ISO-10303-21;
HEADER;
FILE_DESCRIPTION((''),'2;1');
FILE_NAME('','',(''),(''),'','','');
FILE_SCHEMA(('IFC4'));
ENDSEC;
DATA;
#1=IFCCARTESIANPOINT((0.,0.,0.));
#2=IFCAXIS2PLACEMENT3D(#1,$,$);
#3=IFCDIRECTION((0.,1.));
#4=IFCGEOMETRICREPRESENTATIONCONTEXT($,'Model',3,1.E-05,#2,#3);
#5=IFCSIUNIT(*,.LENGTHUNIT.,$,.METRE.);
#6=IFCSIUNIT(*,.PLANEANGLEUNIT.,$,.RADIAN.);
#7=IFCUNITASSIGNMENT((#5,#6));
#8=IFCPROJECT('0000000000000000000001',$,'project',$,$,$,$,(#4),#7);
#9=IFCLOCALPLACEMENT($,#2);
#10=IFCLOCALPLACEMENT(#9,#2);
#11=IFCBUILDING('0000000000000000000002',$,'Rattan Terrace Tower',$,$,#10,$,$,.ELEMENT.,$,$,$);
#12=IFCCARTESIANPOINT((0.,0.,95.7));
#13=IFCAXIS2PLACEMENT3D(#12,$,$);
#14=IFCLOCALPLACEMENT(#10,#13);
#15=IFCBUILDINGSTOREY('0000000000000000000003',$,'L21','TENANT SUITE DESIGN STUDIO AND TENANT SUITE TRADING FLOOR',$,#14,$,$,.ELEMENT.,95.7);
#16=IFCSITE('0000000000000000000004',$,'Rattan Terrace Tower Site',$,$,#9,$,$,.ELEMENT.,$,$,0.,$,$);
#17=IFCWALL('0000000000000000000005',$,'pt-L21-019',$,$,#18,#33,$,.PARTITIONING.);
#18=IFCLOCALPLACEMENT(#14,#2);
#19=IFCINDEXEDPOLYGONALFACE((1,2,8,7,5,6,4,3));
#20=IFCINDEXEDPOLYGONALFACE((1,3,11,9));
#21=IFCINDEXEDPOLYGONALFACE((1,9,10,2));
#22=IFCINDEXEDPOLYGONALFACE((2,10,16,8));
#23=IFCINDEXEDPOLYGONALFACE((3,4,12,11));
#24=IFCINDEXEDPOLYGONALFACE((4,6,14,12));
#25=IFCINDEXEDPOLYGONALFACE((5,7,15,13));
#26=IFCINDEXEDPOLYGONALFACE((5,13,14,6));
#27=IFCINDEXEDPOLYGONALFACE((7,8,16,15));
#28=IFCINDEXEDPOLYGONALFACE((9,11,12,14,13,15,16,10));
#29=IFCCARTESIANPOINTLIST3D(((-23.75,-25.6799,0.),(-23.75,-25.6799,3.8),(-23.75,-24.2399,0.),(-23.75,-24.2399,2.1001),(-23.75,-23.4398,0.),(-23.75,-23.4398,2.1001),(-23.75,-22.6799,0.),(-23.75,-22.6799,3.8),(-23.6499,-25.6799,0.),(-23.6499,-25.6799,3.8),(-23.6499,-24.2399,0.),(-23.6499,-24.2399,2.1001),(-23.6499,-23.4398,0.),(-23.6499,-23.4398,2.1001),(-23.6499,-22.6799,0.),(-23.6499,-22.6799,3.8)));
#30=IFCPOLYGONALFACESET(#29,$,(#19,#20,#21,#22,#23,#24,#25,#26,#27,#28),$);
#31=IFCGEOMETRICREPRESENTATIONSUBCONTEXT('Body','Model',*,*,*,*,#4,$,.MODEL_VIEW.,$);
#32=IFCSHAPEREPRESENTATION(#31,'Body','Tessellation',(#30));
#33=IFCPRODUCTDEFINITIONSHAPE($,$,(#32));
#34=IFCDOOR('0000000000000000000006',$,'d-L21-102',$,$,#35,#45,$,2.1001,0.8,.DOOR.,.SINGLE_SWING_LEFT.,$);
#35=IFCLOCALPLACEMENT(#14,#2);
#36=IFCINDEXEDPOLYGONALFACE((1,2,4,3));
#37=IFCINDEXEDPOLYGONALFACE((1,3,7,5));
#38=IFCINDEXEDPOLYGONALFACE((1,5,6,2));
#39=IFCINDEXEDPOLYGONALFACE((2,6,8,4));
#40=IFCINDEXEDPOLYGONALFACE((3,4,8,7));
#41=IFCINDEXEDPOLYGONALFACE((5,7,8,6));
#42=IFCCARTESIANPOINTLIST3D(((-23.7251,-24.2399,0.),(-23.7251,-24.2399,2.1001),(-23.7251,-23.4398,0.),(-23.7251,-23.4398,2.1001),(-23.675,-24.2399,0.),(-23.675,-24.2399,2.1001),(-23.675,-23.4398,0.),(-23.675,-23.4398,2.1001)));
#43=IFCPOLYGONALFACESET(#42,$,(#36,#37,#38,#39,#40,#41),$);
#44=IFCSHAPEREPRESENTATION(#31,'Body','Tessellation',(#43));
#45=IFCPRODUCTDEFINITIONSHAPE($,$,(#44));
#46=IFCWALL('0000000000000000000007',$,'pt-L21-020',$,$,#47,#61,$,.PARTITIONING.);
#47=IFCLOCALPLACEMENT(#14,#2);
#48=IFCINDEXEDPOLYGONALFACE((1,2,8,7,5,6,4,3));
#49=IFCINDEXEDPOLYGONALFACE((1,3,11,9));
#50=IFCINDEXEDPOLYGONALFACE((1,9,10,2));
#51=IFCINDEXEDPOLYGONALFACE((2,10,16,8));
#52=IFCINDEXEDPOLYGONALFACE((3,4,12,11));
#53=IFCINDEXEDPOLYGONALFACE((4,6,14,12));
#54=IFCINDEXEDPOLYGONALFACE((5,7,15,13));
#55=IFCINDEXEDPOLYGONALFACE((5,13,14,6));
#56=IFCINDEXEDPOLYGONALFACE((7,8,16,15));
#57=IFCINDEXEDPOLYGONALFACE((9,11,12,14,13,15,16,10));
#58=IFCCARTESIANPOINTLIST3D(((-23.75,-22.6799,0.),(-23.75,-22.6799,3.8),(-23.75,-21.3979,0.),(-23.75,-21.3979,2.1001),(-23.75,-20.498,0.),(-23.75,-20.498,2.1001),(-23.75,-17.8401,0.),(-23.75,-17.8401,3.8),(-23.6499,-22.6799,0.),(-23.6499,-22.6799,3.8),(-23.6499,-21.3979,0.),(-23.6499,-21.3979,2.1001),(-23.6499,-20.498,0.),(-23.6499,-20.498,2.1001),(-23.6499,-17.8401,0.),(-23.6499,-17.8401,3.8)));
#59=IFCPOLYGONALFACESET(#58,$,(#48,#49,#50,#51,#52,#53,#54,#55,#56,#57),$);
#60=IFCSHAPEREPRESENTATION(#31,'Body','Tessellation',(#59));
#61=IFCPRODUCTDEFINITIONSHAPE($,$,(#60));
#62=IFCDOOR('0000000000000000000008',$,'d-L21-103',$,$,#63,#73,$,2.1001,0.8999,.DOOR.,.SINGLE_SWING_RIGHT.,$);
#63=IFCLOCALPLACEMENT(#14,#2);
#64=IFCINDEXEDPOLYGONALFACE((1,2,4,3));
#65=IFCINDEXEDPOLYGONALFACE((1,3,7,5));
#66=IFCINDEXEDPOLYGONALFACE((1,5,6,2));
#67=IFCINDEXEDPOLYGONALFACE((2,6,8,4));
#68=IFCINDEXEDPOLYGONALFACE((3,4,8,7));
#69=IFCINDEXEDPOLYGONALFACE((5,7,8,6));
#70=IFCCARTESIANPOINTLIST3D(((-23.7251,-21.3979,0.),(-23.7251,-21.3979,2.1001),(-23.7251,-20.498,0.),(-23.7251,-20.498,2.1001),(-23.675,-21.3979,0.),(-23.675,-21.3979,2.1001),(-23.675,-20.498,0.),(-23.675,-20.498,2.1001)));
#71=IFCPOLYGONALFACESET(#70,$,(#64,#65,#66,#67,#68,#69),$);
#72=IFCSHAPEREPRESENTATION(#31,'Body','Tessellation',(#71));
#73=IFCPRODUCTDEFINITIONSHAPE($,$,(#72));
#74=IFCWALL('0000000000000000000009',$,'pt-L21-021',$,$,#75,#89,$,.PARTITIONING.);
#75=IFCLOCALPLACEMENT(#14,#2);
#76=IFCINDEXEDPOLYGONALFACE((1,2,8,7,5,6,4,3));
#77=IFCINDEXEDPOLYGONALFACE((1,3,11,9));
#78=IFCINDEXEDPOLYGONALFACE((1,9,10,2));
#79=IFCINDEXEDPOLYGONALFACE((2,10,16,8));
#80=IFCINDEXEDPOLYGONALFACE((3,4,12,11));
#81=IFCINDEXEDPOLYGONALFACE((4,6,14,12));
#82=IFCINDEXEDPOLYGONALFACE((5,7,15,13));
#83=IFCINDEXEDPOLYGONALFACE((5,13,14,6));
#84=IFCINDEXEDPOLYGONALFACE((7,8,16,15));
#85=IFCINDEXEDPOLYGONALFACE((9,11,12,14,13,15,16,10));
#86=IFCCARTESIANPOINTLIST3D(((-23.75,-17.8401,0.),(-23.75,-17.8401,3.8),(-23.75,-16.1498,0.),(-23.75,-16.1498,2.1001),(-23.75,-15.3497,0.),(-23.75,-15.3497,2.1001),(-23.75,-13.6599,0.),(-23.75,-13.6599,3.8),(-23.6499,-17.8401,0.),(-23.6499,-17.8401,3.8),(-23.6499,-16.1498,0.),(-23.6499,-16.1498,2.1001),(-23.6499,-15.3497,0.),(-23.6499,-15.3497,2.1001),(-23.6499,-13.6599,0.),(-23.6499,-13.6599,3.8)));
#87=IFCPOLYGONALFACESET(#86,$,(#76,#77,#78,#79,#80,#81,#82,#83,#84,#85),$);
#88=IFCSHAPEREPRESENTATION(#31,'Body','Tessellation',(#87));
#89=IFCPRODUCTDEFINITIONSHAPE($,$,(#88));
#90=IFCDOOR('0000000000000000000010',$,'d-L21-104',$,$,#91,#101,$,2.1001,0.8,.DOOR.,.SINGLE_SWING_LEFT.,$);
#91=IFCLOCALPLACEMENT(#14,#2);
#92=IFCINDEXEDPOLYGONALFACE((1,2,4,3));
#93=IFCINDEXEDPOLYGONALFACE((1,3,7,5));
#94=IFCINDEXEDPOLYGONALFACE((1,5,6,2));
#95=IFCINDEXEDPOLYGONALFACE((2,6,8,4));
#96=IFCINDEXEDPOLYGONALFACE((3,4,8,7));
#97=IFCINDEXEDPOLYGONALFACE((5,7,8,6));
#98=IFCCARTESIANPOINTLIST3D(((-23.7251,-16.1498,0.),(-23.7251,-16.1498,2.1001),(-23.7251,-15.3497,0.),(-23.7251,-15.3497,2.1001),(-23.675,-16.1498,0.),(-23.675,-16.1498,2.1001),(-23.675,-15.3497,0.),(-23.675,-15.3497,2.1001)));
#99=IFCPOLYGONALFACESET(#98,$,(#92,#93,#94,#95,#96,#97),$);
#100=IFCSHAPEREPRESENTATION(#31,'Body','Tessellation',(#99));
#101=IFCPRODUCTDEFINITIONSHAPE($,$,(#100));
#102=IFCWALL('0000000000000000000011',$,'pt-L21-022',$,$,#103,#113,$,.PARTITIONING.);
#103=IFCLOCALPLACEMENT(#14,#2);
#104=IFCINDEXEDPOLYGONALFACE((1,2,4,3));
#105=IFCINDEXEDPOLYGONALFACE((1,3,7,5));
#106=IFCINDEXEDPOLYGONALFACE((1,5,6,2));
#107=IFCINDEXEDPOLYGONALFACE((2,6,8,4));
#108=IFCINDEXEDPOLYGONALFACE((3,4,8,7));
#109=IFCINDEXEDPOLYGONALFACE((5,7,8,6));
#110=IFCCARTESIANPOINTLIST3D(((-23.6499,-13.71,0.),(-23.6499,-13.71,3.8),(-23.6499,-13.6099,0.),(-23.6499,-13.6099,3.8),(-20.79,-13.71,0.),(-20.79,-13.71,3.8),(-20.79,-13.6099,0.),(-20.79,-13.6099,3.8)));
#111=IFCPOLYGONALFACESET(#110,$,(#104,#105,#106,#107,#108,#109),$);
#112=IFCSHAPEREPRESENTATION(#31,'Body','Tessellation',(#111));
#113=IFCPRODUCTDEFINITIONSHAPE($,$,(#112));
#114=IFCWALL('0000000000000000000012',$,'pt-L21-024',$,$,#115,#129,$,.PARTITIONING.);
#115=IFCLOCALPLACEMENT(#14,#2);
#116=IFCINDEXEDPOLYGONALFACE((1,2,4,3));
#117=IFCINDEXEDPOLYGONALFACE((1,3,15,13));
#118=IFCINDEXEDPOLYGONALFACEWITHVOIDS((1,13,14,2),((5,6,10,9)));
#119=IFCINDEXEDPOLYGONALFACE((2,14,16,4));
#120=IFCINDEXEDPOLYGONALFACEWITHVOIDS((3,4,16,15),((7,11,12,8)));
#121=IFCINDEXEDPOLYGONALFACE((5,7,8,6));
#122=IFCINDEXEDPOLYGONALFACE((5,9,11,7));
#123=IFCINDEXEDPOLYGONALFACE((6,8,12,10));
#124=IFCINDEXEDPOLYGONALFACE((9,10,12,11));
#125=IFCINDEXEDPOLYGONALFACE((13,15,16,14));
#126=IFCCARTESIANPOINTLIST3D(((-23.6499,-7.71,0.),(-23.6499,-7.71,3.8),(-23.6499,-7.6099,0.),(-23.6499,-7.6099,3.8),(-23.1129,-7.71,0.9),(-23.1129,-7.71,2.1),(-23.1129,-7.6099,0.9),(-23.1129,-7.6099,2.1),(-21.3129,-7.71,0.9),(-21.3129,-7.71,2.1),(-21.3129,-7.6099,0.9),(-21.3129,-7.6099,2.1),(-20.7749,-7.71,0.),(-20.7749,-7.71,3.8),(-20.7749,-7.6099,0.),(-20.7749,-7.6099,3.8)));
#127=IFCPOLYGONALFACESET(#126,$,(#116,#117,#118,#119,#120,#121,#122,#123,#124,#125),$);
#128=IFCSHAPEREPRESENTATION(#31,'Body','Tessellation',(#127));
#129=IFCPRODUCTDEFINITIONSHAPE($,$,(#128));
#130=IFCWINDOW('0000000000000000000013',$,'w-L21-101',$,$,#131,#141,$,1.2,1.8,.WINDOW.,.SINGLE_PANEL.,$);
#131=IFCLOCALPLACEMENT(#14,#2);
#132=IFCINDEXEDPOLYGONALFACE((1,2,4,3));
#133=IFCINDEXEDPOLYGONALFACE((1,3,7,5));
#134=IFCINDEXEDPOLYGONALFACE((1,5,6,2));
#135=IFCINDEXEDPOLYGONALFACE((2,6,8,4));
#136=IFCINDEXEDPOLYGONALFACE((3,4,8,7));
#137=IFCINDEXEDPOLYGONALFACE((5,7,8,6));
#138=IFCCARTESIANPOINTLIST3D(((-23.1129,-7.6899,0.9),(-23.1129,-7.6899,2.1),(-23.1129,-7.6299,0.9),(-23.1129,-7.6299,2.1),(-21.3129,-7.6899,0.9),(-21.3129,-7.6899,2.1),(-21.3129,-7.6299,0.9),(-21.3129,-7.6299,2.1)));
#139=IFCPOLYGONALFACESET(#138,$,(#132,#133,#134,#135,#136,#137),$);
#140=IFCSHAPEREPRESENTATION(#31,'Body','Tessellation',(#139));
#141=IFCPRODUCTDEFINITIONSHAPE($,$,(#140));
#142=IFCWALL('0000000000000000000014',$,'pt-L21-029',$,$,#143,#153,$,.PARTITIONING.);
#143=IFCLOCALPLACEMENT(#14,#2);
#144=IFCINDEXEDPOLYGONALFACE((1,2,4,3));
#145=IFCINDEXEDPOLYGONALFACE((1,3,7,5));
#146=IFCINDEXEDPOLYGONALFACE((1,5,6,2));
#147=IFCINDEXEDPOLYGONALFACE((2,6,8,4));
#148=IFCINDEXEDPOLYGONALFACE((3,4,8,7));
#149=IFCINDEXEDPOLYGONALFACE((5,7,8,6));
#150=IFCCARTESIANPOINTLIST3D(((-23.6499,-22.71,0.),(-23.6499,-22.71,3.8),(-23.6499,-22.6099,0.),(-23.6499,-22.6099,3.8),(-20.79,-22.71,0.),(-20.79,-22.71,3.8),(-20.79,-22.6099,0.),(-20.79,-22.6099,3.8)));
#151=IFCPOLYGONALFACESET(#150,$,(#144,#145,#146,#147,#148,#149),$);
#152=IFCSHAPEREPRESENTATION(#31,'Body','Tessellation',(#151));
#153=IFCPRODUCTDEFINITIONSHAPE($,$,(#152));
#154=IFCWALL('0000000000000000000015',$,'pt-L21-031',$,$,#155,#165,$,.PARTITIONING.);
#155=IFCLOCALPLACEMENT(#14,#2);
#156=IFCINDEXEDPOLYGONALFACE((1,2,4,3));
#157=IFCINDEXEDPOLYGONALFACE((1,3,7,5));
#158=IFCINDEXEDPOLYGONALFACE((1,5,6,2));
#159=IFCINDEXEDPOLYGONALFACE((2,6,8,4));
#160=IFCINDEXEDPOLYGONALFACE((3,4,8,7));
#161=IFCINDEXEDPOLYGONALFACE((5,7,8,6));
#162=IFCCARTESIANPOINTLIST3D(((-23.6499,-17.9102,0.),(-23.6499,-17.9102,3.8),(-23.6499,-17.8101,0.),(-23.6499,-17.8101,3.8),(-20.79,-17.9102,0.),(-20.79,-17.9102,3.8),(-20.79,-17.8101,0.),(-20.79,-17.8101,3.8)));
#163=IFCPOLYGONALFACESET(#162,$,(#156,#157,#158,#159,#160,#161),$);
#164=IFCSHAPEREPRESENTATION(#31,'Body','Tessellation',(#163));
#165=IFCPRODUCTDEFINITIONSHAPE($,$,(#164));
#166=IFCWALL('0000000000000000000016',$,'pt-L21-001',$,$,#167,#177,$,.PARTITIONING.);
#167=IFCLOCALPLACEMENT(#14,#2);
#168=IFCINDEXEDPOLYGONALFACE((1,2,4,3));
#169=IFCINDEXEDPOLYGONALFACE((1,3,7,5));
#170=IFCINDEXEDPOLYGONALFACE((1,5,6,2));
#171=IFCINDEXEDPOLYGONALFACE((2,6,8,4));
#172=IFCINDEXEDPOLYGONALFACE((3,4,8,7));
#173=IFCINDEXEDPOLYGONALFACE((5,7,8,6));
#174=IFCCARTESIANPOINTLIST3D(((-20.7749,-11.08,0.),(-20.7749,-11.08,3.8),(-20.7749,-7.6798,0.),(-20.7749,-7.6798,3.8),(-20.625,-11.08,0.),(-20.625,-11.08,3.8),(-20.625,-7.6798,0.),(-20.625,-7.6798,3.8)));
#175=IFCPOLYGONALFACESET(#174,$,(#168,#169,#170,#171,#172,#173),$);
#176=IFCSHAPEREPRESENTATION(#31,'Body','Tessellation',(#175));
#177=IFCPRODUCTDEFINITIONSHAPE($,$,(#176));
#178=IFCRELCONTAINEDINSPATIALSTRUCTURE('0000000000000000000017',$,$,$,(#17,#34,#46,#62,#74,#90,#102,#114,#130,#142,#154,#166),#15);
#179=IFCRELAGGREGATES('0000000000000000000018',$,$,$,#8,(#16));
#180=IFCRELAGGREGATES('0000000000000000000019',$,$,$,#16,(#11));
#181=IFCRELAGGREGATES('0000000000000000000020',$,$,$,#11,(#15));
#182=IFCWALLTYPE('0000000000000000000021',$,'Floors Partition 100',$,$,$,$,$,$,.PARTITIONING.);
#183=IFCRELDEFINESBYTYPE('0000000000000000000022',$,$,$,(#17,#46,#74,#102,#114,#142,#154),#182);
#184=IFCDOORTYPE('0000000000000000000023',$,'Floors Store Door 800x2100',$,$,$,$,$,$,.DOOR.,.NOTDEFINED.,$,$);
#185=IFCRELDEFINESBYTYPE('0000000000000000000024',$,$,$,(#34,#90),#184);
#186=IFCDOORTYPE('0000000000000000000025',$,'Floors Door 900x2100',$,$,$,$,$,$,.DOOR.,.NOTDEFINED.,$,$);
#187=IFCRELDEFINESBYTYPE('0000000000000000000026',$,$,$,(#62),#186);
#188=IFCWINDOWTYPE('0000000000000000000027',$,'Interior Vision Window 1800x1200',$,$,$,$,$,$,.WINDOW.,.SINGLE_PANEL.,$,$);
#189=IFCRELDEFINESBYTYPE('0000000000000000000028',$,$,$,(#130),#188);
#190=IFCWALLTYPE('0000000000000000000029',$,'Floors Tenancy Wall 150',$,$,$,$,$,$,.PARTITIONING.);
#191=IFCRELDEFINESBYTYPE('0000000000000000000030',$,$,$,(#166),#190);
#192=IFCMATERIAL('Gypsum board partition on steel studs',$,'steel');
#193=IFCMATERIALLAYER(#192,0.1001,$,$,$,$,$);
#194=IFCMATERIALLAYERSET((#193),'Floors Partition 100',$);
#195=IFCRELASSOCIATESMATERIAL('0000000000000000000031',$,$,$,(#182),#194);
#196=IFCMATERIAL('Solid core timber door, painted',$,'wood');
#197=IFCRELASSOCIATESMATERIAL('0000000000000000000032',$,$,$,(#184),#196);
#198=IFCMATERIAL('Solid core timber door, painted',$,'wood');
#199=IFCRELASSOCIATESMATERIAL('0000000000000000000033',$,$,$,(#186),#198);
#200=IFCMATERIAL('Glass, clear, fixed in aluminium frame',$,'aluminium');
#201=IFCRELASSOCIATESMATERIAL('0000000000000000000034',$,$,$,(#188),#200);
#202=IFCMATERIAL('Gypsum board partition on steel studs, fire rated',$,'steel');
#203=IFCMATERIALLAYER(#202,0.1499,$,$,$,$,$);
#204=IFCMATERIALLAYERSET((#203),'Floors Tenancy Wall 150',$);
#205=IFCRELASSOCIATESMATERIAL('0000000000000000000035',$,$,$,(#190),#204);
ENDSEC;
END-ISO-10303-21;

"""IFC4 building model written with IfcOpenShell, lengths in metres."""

from ifc_helpers import new_model, si_unit, direction, frame, frame_2d, origin, place, context, subcontext, project, spatial, rectangle, extrude, material, layer, layer_set, type_object, element, fill, save


model = new_model("IFC4")

# Units and contexts
model_context = context("Model", 3, precision=1e-05, world=origin(), true_north=direction((0.0, 1.0)))
body_context = subcontext(model_context, "Body", "Model", "MODEL_VIEW")
ifc_project = project(units=[si_unit("LENGTHUNIT", "METRE"), si_unit("PLANEANGLEUNIT", "RADIAN")], contexts=[model_context])

# Site, building, storey
site_placement = place(None, origin())
site = spatial("IfcSite", under=ifc_project, at=site_placement, Name="Rattan Terrace Tower Site", CompositionType="ELEMENT", RefElevation=0.0)
building_placement = place(site_placement, origin())
building = spatial("IfcBuilding", under=site, at=building_placement, Name="Rattan Terrace Tower", CompositionType="ELEMENT")
storey_placement = place(building_placement, frame((0.0, 0.0, 95.7)))
storey = spatial("IfcBuildingStorey", under=building, at=storey_placement, Name="L21", Description="TENANT SUITE DESIGN STUDIO AND TENANT SUITE TRADING FLOOR", CompositionType="ELEMENT", Elevation=95.7)

# Walls, openings, doors
ifc_material_1 = material(Name="Gypsum board partition on steel studs", Category="steel")
ifc_layer_1 = layer(ifc_material_1, 0.1001)
ifc_layer_set_1 = layer_set([ifc_layer_1], Name="Floors Partition 100")
wall_type_1 = type_object("IfcWallType", Name="Floors Partition 100", PredefinedType="PARTITIONING", material=ifc_layer_set_1)
wall_1_placement = place(storey_placement, frame((-23.7, -22.6799, 0.0), z_axis=(0.0, 0.0, 1.0), x_axis=(0.0, -1.0, 0.0)))
wall_1 = element("IfcWall", 1, at=wall_1_placement, inside=storey, type_object=wall_type_1, Name="pt-L21-019", PredefinedType="PARTITIONING", context=body_context, shape_type="SweptSolid", body=[
    extrude(rectangle(XDim=3.0, YDim=0.1001, at=frame_2d((1.5, 0.0))), origin(), (0.0, 0.0, 1.0), 3.8),
])
opening_1_placement = place(wall_1_placement, frame((0.76, 0.0, 0.0)))
opening_1 = element("IfcOpeningElement", 2, at=opening_1_placement, cuts=wall_1, PredefinedType="OPENING", context=body_context, shape_type="SweptSolid", body=[
    extrude(rectangle(XDim=0.8, YDim=2.1001, at=frame_2d((0.3999, 1.05))), frame((0.0, 0.0605, 0.0), z_axis=(0.0, -1.0, 0.0), x_axis=(1.0, 0.0, 0.0)), (0.0, 0.0, 1.0), 0.1211),
])
ifc_material_2 = material(Name="Solid core timber door, painted", Category="wood")
door_type_1 = type_object("IfcDoorType", Name="Floors Store Door 800x2100", OperationType="NOTDEFINED", PredefinedType="DOOR", material=ifc_material_2)
door_1_placement = place(opening_1_placement, origin())
door_1 = element("IfcDoor", 3, at=door_1_placement, inside=storey, type_object=door_type_1, Name="d-L21-102", OperationType="SINGLE_SWING_LEFT", OverallHeight=2.1001, OverallWidth=0.8, PredefinedType="DOOR", context=body_context, shape_type="SweptSolid", body=[
    extrude(rectangle(XDim=0.8, YDim=2.1001, at=frame_2d((0.3999, 1.05))), frame((0.0, 0.0249, 0.0), z_axis=(0.0, -1.0, 0.0), x_axis=(1.0, 0.0, 0.0)), (0.0, 0.0, 1.0), 0.05),
])
fill(opening_1, door_1)
wall_2_placement = place(storey_placement, frame((-23.7, -17.8401, 0.0), z_axis=(0.0, 0.0, 1.0), x_axis=(0.0, -1.0, 0.0)))
wall_2 = element("IfcWall", 4, at=wall_2_placement, inside=storey, type_object=wall_type_1, Name="pt-L21-020", PredefinedType="PARTITIONING", context=body_context, shape_type="SweptSolid", body=[
    extrude(rectangle(XDim=4.8398, YDim=0.1001, at=frame_2d((2.4199, 0.0))), origin(), (0.0, 0.0, 1.0), 3.8),
])
opening_2_placement = place(wall_2_placement, frame((2.658, 0.0, 0.0)))
opening_2 = element("IfcOpeningElement", 5, at=opening_2_placement, cuts=wall_2, PredefinedType="OPENING", context=body_context, shape_type="SweptSolid", body=[
    extrude(rectangle(XDim=0.8999, YDim=2.1001, at=frame_2d((0.45, 1.05))), frame((0.0, 0.0605, 0.0), z_axis=(0.0, -1.0, 0.0), x_axis=(1.0, 0.0, 0.0)), (0.0, 0.0, 1.0), 0.1211),
])
ifc_material_3 = material(Name="Solid core timber door, painted", Category="wood")
door_type_2 = type_object("IfcDoorType", Name="Floors Door 900x2100", OperationType="NOTDEFINED", PredefinedType="DOOR", material=ifc_material_3)
door_2_placement = place(opening_2_placement, origin())
door_2 = element("IfcDoor", 6, at=door_2_placement, inside=storey, type_object=door_type_2, Name="d-L21-103", OperationType="SINGLE_SWING_RIGHT", OverallHeight=2.1001, OverallWidth=0.8999, PredefinedType="DOOR", context=body_context, shape_type="SweptSolid", body=[
    extrude(rectangle(XDim=0.8999, YDim=2.1001, at=frame_2d((0.45, 1.05))), frame((0.0, 0.0249, 0.0), z_axis=(0.0, -1.0, 0.0), x_axis=(1.0, 0.0, 0.0)), (0.0, 0.0, 1.0), 0.05),
])
fill(opening_2, door_2)
wall_3_placement = place(storey_placement, frame((-23.7, -13.6599, 0.0), z_axis=(0.0, 0.0, 1.0), x_axis=(0.0, -1.0, 0.0)))
wall_3 = element("IfcWall", 7, at=wall_3_placement, inside=storey, type_object=wall_type_1, Name="pt-L21-021", PredefinedType="PARTITIONING", context=body_context, shape_type="SweptSolid", body=[
    extrude(rectangle(XDim=4.1802, YDim=0.1001, at=frame_2d((2.0901, 0.0))), origin(), (0.0, 0.0, 1.0), 3.8),
])
opening_3_placement = place(wall_3_placement, frame((1.6899, 0.0, 0.0)))
opening_3 = element("IfcOpeningElement", 8, at=opening_3_placement, cuts=wall_3, PredefinedType="OPENING", context=body_context, shape_type="SweptSolid", body=[
    extrude(rectangle(XDim=0.8, YDim=2.1001, at=frame_2d((0.3999, 1.05))), frame((0.0, 0.0605, 0.0), z_axis=(0.0, -1.0, 0.0), x_axis=(1.0, 0.0, 0.0)), (0.0, 0.0, 1.0), 0.1211),
])
door_3_placement = place(opening_3_placement, origin())
door_3 = element("IfcDoor", 9, at=door_3_placement, inside=storey, type_object=door_type_1, Name="d-L21-104", OperationType="SINGLE_SWING_LEFT", OverallHeight=2.1001, OverallWidth=0.8, PredefinedType="DOOR", context=body_context, shape_type="SweptSolid", body=[
    extrude(rectangle(XDim=0.8, YDim=2.1001, at=frame_2d((0.3999, 1.05))), frame((0.0, 0.0249, 0.0), z_axis=(0.0, -1.0, 0.0), x_axis=(1.0, 0.0, 0.0)), (0.0, 0.0, 1.0), 0.05),
])
fill(opening_3, door_3)

# Wall
wall_4_placement = place(storey_placement, frame((-20.79, -13.6599, 0.0), z_axis=(0.0, 0.0, 1.0), x_axis=(-1.0, 0.0, 0.0)))
element("IfcWall", 10, at=wall_4_placement, inside=storey, type_object=wall_type_1, Name="pt-L21-022", PredefinedType="PARTITIONING", context=body_context, shape_type="SweptSolid", body=[
    extrude(rectangle(XDim=2.8599, YDim=0.1001, at=frame_2d((1.4299, 0.0))), origin(), (0.0, 0.0, 1.0), 3.8),
])

# Wall, opening, window
wall_5_placement = place(storey_placement, frame((-23.6499, -7.6599, 0.0), z_axis=(0.0, 0.0, 1.0), x_axis=(1.0, 0.0, 0.0)))
wall_5 = element("IfcWall", 11, at=wall_5_placement, inside=storey, type_object=wall_type_1, Name="pt-L21-024", PredefinedType="PARTITIONING", context=body_context, shape_type="SweptSolid", body=[
    extrude(rectangle(XDim=2.875, YDim=0.1001, at=frame_2d((1.4375, 0.0))), origin(), (0.0, 0.0, 1.0), 3.8),
])
opening_4_placement = place(wall_5_placement, frame((0.5371, 0.0, 0.8999)))
opening_4 = element("IfcOpeningElement", 12, at=opening_4_placement, cuts=wall_5, PredefinedType="OPENING", context=body_context, shape_type="SweptSolid", body=[
    extrude(rectangle(XDim=1.8, YDim=1.2, at=frame_2d((0.8999, 0.6001))), frame((0.0, 0.0605, 0.0), z_axis=(0.0, -1.0, 0.0), x_axis=(1.0, 0.0, 0.0)), (0.0, 0.0, 1.0), 0.1211),
])
ifc_material_4 = material(Name="Glass, clear, fixed in aluminium frame", Category="aluminium")
window_type = type_object("IfcWindowType", Name="Interior Vision Window 1800x1200", PartitioningType="SINGLE_PANEL", PredefinedType="WINDOW", material=ifc_material_4)
window_placement = place(opening_4_placement, origin())
window = element("IfcWindow", 13, at=window_placement, inside=storey, type_object=window_type, Name="w-L21-101", OverallHeight=1.2, OverallWidth=1.8, PartitioningType="SINGLE_PANEL", PredefinedType="WINDOW", context=body_context, shape_type="SweptSolid", body=[
    extrude(rectangle(XDim=1.8, YDim=1.2, at=frame_2d((0.8999, 0.6001))), frame((0.0, 0.03, 0.0), z_axis=(0.0, -1.0, 0.0), x_axis=(1.0, 0.0, 0.0)), (0.0, 0.0, 1.0), 0.0601),
])
fill(opening_4, window)

# Walls
for number, where, z_axis, x_axis, name in (
    (14, (-23.6499, -22.6599, 0.0), (0.0, 0.0, 1.0), (1.0, 0.0, 0.0), "pt-L21-029"),
    (15, (-23.6499, -17.8601, 0.0), (0.0, 0.0, 1.0), (1.0, 0.0, 0.0), "pt-L21-031"),
):
    element("IfcWall", number, at=place(storey_placement, frame(where, z_axis=z_axis, x_axis=x_axis)), inside=storey, type_object=wall_type_1, Name=name, PredefinedType="PARTITIONING", context=body_context, shape_type="SweptSolid", body=[
        extrude(rectangle(XDim=2.8599, YDim=0.1001, at=frame_2d((1.4299, 0.0))), origin(), (0.0, 0.0, 1.0), 3.8),
    ])
ifc_material_5 = material(Name="Gypsum board partition on steel studs, fire rated", Category="steel")
ifc_layer_2 = layer(ifc_material_5, 0.1499)
ifc_layer_set_2 = layer_set([ifc_layer_2], Name="Floors Tenancy Wall 150")
wall_type_2 = type_object("IfcWallType", Name="Floors Tenancy Wall 150", PredefinedType="PARTITIONING", material=ifc_layer_set_2)
wall_6_placement = place(storey_placement, frame((-20.7, -11.0801, 0.0), z_axis=(0.0, 0.0, 1.0), x_axis=(0.0, 1.0, 0.0)))
element("IfcWall", 16, at=wall_6_placement, inside=storey, type_object=wall_type_2, Name="pt-L21-001", PredefinedType="PARTITIONING", context=body_context, shape_type="SweptSolid", body=[
    extrude(rectangle(XDim=3.4001, YDim=0.1499, at=frame_2d((1.7002, 0.0))), origin(), (0.0, 0.0, 1.0), 3.8),
])

save(model, "model.ifc")
